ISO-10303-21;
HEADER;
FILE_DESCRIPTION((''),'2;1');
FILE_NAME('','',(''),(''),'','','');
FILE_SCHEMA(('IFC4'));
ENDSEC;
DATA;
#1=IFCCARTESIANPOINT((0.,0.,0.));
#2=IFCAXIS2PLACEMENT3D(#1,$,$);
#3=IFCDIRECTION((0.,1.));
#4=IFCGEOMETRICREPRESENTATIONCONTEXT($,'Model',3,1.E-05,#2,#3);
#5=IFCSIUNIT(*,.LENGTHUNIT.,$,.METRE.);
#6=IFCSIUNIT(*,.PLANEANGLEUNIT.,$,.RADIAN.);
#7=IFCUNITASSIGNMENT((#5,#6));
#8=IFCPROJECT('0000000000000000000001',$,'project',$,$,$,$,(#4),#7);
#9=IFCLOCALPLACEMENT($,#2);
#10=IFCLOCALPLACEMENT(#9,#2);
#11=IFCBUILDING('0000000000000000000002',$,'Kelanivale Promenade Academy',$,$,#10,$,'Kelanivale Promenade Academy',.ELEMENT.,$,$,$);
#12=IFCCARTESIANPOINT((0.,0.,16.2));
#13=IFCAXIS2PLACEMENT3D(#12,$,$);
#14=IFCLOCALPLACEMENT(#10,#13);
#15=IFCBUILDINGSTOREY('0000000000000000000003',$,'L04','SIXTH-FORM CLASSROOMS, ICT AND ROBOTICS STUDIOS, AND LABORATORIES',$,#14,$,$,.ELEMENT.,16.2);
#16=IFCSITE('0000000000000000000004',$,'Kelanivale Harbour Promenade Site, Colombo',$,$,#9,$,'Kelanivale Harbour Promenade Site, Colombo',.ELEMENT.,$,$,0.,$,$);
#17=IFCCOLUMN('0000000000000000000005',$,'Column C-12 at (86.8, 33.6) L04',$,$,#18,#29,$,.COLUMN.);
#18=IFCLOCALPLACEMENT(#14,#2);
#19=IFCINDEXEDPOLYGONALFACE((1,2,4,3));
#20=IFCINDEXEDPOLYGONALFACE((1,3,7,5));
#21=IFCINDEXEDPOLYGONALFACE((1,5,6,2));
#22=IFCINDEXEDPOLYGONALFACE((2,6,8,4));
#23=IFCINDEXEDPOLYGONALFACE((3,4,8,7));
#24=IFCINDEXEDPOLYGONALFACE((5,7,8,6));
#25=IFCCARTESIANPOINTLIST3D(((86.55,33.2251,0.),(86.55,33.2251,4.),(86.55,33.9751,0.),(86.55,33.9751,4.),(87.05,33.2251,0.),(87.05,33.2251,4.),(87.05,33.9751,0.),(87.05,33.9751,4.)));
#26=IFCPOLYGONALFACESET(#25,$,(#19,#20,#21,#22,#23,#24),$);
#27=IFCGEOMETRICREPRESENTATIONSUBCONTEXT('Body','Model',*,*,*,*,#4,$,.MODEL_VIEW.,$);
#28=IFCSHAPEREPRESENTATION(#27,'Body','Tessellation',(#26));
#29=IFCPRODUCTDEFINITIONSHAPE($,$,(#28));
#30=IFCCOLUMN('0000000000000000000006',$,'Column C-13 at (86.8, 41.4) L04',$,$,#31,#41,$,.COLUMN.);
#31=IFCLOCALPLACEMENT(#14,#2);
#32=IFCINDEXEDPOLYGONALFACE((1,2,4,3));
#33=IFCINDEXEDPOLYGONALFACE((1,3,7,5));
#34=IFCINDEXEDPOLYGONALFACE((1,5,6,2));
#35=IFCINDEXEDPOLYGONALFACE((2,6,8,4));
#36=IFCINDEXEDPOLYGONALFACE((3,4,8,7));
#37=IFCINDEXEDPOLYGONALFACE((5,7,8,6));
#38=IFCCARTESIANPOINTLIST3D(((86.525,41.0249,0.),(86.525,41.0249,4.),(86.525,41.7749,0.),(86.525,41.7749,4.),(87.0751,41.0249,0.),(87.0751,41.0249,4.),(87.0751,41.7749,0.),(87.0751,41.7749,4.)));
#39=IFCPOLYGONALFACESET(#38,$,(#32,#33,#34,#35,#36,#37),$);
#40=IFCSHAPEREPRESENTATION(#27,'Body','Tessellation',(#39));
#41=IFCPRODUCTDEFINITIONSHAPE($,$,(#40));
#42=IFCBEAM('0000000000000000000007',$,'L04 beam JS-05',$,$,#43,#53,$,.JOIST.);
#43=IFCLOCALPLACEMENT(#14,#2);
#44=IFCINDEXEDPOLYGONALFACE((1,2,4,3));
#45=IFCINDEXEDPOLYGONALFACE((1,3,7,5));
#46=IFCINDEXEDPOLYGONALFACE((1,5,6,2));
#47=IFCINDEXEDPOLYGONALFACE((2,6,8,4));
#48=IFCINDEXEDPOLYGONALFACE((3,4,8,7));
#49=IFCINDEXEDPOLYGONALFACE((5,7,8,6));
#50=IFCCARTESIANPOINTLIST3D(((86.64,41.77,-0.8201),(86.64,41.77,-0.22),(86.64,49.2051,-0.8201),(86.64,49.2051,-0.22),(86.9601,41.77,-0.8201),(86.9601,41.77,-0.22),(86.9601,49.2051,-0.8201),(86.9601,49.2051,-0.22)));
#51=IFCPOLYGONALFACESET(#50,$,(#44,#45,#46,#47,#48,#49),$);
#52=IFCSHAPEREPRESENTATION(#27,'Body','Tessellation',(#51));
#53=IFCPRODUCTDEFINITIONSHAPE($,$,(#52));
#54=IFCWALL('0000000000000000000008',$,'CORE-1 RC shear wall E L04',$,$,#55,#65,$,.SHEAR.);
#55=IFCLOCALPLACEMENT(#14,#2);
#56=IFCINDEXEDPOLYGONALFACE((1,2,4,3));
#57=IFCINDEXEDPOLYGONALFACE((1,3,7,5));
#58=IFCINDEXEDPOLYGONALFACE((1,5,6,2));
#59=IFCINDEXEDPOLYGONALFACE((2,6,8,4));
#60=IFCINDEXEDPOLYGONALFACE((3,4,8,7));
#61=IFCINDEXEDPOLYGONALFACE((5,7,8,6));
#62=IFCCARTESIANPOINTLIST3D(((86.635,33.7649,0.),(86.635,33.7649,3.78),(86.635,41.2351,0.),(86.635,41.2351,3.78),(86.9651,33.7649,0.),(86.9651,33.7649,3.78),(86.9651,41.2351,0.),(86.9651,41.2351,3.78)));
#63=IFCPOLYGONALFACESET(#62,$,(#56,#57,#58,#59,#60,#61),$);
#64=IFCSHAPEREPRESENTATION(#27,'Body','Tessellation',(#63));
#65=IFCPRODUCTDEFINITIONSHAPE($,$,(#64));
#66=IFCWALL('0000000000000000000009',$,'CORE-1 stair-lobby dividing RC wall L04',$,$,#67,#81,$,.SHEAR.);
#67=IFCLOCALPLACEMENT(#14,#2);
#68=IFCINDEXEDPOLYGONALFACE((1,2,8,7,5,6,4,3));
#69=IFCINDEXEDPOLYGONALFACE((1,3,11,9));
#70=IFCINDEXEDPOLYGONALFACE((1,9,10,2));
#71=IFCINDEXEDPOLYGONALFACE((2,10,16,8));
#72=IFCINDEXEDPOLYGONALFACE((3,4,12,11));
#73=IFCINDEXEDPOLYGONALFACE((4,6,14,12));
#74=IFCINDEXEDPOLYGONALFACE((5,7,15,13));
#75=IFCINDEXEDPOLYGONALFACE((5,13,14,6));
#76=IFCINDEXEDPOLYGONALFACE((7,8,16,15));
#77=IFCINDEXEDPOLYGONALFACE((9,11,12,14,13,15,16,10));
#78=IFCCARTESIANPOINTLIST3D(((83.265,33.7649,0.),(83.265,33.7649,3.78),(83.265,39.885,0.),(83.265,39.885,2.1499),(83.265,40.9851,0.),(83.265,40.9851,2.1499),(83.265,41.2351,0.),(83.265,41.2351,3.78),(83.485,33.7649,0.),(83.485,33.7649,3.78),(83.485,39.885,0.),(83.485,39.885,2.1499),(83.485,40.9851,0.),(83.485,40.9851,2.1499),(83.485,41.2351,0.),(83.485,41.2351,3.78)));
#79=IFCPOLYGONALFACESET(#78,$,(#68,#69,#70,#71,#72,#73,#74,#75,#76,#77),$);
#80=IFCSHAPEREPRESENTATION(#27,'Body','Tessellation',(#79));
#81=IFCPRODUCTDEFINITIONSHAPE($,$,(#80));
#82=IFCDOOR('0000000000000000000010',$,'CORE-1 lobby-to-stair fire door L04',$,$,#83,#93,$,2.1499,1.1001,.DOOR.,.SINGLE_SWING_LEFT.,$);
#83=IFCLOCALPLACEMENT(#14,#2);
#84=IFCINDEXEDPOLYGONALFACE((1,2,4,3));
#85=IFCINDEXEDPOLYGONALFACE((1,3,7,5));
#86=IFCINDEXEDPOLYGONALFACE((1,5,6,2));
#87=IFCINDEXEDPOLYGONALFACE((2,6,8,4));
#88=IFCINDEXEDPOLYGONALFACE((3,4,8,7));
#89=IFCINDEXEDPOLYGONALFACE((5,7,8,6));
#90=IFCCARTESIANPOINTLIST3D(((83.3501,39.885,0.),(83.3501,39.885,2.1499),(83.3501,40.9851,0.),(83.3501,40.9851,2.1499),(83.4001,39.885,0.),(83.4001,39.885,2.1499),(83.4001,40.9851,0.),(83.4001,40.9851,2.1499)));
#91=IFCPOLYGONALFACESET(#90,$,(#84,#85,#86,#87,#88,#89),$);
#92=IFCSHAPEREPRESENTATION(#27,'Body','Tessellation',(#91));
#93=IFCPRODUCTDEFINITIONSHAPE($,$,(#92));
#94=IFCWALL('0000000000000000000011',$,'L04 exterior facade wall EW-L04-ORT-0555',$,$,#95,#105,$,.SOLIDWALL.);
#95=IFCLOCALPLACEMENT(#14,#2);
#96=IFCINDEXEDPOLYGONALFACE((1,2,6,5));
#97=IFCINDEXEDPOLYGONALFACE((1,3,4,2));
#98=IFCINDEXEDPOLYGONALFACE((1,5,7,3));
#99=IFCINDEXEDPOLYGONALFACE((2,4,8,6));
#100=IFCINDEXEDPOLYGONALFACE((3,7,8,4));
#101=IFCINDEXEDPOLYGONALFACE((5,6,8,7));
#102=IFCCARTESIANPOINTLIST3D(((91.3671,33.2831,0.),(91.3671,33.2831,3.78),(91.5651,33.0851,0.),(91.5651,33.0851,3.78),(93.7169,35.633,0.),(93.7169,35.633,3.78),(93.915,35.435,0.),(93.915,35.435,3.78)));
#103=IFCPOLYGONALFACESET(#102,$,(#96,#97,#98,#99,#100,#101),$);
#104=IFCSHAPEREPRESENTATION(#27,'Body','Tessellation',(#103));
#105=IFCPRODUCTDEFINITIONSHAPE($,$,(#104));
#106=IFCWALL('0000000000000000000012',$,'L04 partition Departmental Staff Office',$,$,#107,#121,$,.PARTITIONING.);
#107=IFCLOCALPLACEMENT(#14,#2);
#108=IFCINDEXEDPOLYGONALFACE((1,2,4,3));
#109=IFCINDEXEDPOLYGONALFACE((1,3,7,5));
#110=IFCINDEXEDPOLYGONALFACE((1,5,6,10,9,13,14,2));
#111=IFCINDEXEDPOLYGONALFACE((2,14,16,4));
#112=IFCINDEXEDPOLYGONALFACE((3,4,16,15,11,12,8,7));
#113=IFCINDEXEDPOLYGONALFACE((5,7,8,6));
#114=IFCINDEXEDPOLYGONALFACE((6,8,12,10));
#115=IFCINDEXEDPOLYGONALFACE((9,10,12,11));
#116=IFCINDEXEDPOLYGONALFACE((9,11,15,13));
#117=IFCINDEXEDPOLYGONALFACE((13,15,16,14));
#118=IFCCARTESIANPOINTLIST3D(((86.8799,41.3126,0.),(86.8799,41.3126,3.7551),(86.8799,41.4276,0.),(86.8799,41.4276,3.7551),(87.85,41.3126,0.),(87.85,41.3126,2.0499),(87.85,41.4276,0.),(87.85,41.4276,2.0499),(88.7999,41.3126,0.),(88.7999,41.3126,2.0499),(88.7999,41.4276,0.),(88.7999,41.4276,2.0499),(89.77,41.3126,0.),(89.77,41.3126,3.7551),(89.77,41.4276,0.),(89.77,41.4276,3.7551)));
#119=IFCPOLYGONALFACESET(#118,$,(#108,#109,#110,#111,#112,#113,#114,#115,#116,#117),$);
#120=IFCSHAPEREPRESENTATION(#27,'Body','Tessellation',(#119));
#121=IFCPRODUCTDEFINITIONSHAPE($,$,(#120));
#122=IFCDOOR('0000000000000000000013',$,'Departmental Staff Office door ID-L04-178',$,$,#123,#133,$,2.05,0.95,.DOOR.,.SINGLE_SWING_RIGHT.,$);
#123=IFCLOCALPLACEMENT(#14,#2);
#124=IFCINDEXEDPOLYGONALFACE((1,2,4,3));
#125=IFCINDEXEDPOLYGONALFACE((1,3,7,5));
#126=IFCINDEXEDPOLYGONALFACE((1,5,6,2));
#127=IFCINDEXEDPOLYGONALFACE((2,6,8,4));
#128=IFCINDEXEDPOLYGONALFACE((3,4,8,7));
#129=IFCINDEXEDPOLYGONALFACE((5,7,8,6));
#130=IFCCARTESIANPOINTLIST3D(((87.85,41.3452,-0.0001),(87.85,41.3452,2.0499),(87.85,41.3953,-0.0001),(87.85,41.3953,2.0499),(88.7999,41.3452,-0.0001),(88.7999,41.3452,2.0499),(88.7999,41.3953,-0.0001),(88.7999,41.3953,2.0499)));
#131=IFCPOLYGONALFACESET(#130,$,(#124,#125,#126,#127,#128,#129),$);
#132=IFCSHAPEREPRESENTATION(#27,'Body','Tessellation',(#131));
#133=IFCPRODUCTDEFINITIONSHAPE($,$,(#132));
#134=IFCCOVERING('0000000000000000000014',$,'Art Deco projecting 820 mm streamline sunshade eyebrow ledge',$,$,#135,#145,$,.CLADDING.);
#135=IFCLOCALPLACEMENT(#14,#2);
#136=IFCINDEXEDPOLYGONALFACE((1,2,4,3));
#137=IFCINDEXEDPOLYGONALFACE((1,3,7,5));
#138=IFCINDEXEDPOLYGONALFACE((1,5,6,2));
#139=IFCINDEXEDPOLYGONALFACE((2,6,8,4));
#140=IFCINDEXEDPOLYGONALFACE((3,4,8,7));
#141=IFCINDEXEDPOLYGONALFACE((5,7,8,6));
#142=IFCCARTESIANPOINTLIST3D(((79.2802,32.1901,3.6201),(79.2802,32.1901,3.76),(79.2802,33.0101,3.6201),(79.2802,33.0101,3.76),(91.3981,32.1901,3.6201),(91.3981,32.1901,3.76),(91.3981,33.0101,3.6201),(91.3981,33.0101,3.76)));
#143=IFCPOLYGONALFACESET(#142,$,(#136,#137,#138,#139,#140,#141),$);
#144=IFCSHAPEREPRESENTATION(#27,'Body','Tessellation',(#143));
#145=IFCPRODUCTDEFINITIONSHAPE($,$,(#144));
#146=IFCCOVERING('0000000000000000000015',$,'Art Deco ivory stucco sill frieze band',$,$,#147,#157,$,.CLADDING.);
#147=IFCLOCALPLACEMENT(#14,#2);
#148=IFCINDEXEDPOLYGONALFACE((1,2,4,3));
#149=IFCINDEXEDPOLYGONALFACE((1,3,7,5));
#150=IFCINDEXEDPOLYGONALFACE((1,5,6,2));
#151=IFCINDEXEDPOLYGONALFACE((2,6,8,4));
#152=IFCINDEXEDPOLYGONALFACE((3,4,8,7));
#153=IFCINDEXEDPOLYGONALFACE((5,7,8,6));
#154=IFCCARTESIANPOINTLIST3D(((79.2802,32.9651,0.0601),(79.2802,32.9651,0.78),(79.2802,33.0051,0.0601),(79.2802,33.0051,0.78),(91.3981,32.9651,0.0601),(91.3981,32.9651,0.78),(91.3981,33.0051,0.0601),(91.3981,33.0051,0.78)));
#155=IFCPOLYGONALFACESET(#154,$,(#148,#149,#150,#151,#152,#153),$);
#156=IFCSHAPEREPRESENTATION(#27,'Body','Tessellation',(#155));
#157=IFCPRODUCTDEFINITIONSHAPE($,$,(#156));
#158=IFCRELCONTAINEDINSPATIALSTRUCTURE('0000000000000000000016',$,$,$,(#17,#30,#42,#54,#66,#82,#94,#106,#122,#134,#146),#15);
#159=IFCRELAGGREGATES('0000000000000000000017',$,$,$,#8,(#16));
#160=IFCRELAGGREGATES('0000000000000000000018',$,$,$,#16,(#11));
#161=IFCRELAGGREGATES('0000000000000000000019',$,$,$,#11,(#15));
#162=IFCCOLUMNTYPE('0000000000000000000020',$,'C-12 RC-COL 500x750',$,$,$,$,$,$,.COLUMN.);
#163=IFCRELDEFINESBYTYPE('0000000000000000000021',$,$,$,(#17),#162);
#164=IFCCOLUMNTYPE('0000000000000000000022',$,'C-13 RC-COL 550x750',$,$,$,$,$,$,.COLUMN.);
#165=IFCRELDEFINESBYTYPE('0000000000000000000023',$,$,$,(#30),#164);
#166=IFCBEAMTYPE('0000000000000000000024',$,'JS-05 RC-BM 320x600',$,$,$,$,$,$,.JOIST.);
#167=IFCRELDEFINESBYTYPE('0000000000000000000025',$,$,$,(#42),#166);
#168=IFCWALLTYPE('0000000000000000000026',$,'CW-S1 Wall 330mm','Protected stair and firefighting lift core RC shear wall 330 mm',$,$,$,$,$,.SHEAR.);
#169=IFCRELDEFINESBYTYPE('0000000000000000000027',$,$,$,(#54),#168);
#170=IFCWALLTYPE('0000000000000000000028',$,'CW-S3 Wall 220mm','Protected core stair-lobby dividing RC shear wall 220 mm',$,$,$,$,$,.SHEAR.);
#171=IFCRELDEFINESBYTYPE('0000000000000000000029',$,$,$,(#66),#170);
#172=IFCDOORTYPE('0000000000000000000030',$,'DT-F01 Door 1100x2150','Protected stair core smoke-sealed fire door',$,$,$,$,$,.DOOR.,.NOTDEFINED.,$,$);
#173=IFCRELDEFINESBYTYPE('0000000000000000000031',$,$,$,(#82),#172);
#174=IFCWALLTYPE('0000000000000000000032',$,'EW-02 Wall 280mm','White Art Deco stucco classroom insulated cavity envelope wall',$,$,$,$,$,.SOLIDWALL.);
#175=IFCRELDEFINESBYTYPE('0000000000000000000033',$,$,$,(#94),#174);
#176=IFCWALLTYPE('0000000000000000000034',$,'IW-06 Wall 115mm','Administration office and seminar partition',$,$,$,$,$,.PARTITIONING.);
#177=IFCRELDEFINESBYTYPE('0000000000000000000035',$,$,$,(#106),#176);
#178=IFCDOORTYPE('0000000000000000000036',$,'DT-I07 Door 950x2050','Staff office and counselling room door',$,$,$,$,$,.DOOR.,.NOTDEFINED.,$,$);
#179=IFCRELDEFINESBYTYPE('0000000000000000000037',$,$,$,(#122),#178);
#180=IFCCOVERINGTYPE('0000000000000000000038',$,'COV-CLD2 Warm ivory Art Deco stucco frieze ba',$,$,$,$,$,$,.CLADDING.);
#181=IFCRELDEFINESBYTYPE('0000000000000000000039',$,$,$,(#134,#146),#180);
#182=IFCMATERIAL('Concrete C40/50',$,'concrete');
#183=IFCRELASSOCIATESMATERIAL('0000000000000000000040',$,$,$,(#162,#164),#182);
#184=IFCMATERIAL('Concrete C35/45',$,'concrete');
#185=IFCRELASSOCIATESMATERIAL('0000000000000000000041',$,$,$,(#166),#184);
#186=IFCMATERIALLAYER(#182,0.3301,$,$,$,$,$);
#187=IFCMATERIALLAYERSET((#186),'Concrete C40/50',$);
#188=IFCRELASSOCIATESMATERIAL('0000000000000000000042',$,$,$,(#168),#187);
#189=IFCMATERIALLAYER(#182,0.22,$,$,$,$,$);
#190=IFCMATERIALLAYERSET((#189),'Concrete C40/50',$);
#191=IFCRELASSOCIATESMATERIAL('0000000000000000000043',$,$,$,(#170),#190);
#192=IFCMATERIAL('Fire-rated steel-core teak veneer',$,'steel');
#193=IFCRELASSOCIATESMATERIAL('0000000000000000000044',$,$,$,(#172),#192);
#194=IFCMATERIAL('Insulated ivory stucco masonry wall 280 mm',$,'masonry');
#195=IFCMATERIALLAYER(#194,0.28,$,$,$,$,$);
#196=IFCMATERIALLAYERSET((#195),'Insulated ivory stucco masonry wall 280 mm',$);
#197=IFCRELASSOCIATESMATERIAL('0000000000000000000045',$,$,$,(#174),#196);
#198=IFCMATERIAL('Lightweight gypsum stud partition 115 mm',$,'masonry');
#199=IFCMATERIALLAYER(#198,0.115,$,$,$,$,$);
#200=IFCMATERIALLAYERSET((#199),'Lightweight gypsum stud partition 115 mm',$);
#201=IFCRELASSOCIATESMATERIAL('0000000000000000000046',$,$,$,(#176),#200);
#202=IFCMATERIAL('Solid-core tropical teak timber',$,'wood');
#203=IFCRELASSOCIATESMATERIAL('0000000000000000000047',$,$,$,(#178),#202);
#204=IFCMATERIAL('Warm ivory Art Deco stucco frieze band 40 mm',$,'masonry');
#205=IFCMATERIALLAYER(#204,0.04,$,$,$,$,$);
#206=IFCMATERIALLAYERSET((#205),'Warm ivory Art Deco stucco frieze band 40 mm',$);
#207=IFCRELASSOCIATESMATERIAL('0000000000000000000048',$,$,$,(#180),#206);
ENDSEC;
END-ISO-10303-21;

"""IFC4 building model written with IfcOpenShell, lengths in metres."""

from ifc_helpers import new_model, si_unit, direction, frame, frame_2d, origin, origin_2d, place, context, subcontext, project, spatial, rectangle, extrude, material, layer, layer_set, material_profile, profile_set, type_object, element, fill, save


model = new_model("IFC4")

# Units and contexts
model_context = context("Model", 3, precision=1e-05, world=origin(), true_north=direction((0.0, 1.0)))
body_context = subcontext(model_context, "Body", "Model", "MODEL_VIEW")
ifc_project = project(units=[si_unit("LENGTHUNIT", "METRE"), si_unit("PLANEANGLEUNIT", "RADIAN")], contexts=[model_context])

# Site, building, storey
site_placement = place(None, origin())
site = spatial("IfcSite", under=ifc_project, at=site_placement, Name="Kelanivale Harbour Promenade Site, Colombo", LongName="Kelanivale Harbour Promenade Site, Colombo", CompositionType="ELEMENT", RefElevation=0.0)
building_placement = place(site_placement, origin())
building = spatial("IfcBuilding", under=site, at=building_placement, Name="Kelanivale Promenade Academy", LongName="Kelanivale Promenade Academy", CompositionType="ELEMENT")
storey_placement = place(building_placement, frame((0.0, 0.0, 16.2)))
storey = spatial("IfcBuildingStorey", under=building, at=storey_placement, Name="L04", Description="SIXTH-FORM CLASSROOMS, ICT AND ROBOTICS STUDIOS, AND LABORATORIES", CompositionType="ELEMENT", Elevation=16.2)

# Columns
ifc_material_1 = material(Name="Concrete C40/50", Category="concrete")
ifc_material_profile_1 = material_profile(ifc_material_1, rectangle(XDim=0.5, YDim=0.75, at=origin_2d()), Name="RC-COL 500x750")
ifc_profile_set_1 = profile_set([ifc_material_profile_1], Name="Concrete C40/50")
column_type_1 = type_object("IfcColumnType", Name="C-12 RC-COL 500x750", PredefinedType="COLUMN", material=ifc_profile_set_1)
column_1_placement = place(storey_placement, frame((86.8, 33.6001, 0.0), z_axis=(0.0, 0.0, 1.0), x_axis=(1.0, 0.0, 0.0)))
element("IfcColumn", 1, at=column_1_placement, inside=storey, type_object=column_type_1, Name="Column C-12 at (86.8, 33.6) L04", PredefinedType="COLUMN", context=body_context, shape_type="SweptSolid", body=[
    extrude(rectangle(XDim=0.5, YDim=0.75, at=origin_2d()), origin(), (0.0, 0.0, 1.0), 4.0),
])
ifc_material_profile_2 = material_profile(ifc_material_1, rectangle(XDim=0.55, YDim=0.75, at=origin_2d()), Name="RC-COL 550x750")
ifc_profile_set_2 = profile_set([ifc_material_profile_2], Name="Concrete C40/50")
column_type_2 = type_object("IfcColumnType", Name="C-13 RC-COL 550x750", PredefinedType="COLUMN", material=ifc_profile_set_2)
column_2_placement = place(storey_placement, frame((86.8, 41.3999, 0.0), z_axis=(0.0, 0.0, 1.0), x_axis=(1.0, 0.0, 0.0)))
element("IfcColumn", 2, at=column_2_placement, inside=storey, type_object=column_type_2, Name="Column C-13 at (86.8, 41.4) L04", PredefinedType="COLUMN", context=body_context, shape_type="SweptSolid", body=[
    extrude(rectangle(XDim=0.55, YDim=0.75, at=origin_2d()), origin(), (0.0, 0.0, 1.0), 4.0),
])

# Beam
ifc_material_2 = material(Name="Concrete C35/45", Category="concrete")
ifc_material_profile_3 = material_profile(ifc_material_2, rectangle(XDim=0.3201, YDim=0.6001, at=origin_2d()), Name="RC-BM 320x600")
ifc_profile_set_3 = profile_set([ifc_material_profile_3], Name="Concrete C35/45")
beam_type = type_object("IfcBeamType", Name="JS-05 RC-BM 320x600", PredefinedType="JOIST", material=ifc_profile_set_3)
beam_placement = place(storey_placement, frame((86.8, 41.77, -0.52), z_axis=(0.0, 1.0, 0.0), x_axis=(-1.0, 0.0, 0.0)))
element("IfcBeam", 3, at=beam_placement, inside=storey, type_object=beam_type, Name="L04 beam JS-05", PredefinedType="JOIST", context=body_context, shape_type="SweptSolid", body=[
    extrude(rectangle(XDim=0.3201, YDim=0.6001, at=origin_2d()), origin(), (0.0, 0.0, 1.0), 7.4351),
])

# Wall
ifc_layer_1 = layer(ifc_material_1, 0.3301)
ifc_layer_set_1 = layer_set([ifc_layer_1], Name="Concrete C40/50")
wall_type_1 = type_object("IfcWallType", Name="CW-S1 Wall 330mm", Description="Protected stair and firefighting lift core RC shear wall 330 mm", PredefinedType="SHEAR", material=ifc_layer_set_1)
wall_1_placement = place(storey_placement, frame((86.8, 33.7649, 0.0), z_axis=(0.0, 0.0, 1.0), x_axis=(0.0, 1.0, 0.0)))
element("IfcWall", 4, at=wall_1_placement, inside=storey, type_object=wall_type_1, Name="CORE-1 RC shear wall E L04", PredefinedType="SHEAR", context=body_context, shape_type="SweptSolid", body=[
    extrude(rectangle(XDim=7.4702, YDim=0.3301, at=frame_2d((3.7351, 0.0))), origin(), (0.0, 0.0, 1.0), 3.78),
])

# Shared definitions
ifc_material_3 = material(Name="Fire-rated steel-core teak veneer", Category="steel")

# Wall, opening, door
ifc_layer_2 = layer(ifc_material_1, 0.22)
ifc_layer_set_2 = layer_set([ifc_layer_2], Name="Concrete C40/50")
wall_type_2 = type_object("IfcWallType", Name="CW-S3 Wall 220mm", Description="Protected core stair-lobby dividing RC shear wall 220 mm", PredefinedType="SHEAR", material=ifc_layer_set_2)
wall_2_placement = place(storey_placement, frame((83.375, 33.7649, 0.0), z_axis=(0.0, 0.0, 1.0), x_axis=(0.0, 1.0, 0.0)))
wall_2 = element("IfcWall", 5, at=wall_2_placement, inside=storey, type_object=wall_type_2, Name="CORE-1 stair-lobby dividing RC wall L04", PredefinedType="SHEAR", context=body_context, shape_type="SweptSolid", body=[
    extrude(rectangle(XDim=7.4702, YDim=0.22, at=frame_2d((3.7351, 0.0))), origin(), (0.0, 0.0, 1.0), 3.78),
])
opening_1_placement = place(wall_2_placement, frame((6.1201, 0.0, 0.0)))
opening_1 = element("IfcOpeningElement", 6, at=opening_1_placement, cuts=wall_2, PredefinedType="OPENING", context=body_context, shape_type="SweptSolid", body=[
    extrude(rectangle(XDim=1.1001, YDim=2.1499, at=frame_2d((0.55, 1.075))), frame((0.0, 0.1201, 0.0), z_axis=(0.0, -1.0, 0.0), x_axis=(1.0, 0.0, 0.0)), (0.0, 0.0, 1.0), 0.24),
])
door_type_1 = type_object("IfcDoorType", Name="DT-F01 Door 1100x2150", Description="Protected stair core smoke-sealed fire door", OperationType="NOTDEFINED", PredefinedType="DOOR", material=ifc_material_3)
door_1_placement = place(opening_1_placement, origin())
door_1 = element("IfcDoor", 7, at=door_1_placement, inside=storey, type_object=door_type_1, Name="CORE-1 lobby-to-stair fire door L04", OperationType="SINGLE_SWING_LEFT", OverallHeight=2.1499, OverallWidth=1.1001, PredefinedType="DOOR", context=body_context, shape_type="SweptSolid", body=[
    extrude(rectangle(XDim=1.1001, YDim=2.1499, at=frame_2d((0.55, 1.075))), frame((0.0, 0.0249, 0.0), z_axis=(0.0, -1.0, 0.0), x_axis=(1.0, 0.0, 0.0)), (0.0, 0.0, 1.0), 0.05),
])
fill(opening_1, door_1)

# Wall
ifc_material_4 = material(Name="Insulated ivory stucco masonry wall 280 mm", Category="masonry")
ifc_layer_3 = layer(ifc_material_4, 0.28)
ifc_layer_set_3 = layer_set([ifc_layer_3], Name="Insulated ivory stucco masonry wall 280 mm")
wall_type_3 = type_object("IfcWallType", Name="EW-02 Wall 280mm", Description="White Art Deco stucco classroom insulated cavity envelope wall", PredefinedType="SOLIDWALL", material=ifc_layer_set_3)
wall_3_placement = place(storey_placement, frame((91.4661, 33.1841, 0.0), z_axis=(0.0, 0.0, 1.0), x_axis=(0.707107, 0.707107, 0.0)))
element("IfcWall", 8, at=wall_3_placement, inside=storey, type_object=wall_type_3, Name="L04 exterior facade wall EW-L04-ORT-0555", PredefinedType="SOLIDWALL", context=body_context, shape_type="SweptSolid", body=[
    extrude(rectangle(XDim=3.3232, YDim=0.28, at=frame_2d((1.6616, 0.0))), origin(), (0.0, 0.0, 1.0), 3.78),
])

# Wall, opening, door
ifc_material_5 = material(Name="Lightweight gypsum stud partition 115 mm", Category="masonry")
ifc_layer_4 = layer(ifc_material_5, 0.115)
ifc_layer_set_4 = layer_set([ifc_layer_4], Name="Lightweight gypsum stud partition 115 mm")
wall_type_4 = type_object("IfcWallType", Name="IW-06 Wall 115mm", Description="Administration office and seminar partition", PredefinedType="PARTITIONING", material=ifc_layer_set_4)
wall_4_placement = place(storey_placement, frame((89.77, 41.3701, 0.0), z_axis=(0.0, 0.0, 1.0), x_axis=(-1.0, 0.0, 0.0)))
wall_4 = element("IfcWall", 9, at=wall_4_placement, inside=storey, type_object=wall_type_4, Name="L04 partition Departmental Staff Office", PredefinedType="PARTITIONING", context=body_context, shape_type="SweptSolid", body=[
    extrude(rectangle(XDim=2.8901, YDim=0.115, at=frame_2d((1.4451, 0.0))), origin(), (0.0, 0.0, 1.0), 3.7551),
])
opening_2_placement = place(wall_4_placement, frame((0.97, 0.0, 0.0)))
opening_2 = element("IfcOpeningElement", 10, at=opening_2_placement, cuts=wall_4, PredefinedType="OPENING", context=body_context, shape_type="SweptSolid", body=[
    extrude(rectangle(XDim=0.95, YDim=2.05, at=frame_2d((0.4751, 1.0249))), frame((0.0, 0.0674, 0.0), z_axis=(0.0, -1.0, 0.0), x_axis=(1.0, 0.0, 0.0)), (0.0, 0.0, 1.0), 0.135),
])
ifc_material_6 = material(Name="Solid-core tropical teak timber", Category="wood")
door_type_2 = type_object("IfcDoorType", Name="DT-I07 Door 950x2050", Description="Staff office and counselling room door", OperationType="NOTDEFINED", PredefinedType="DOOR", material=ifc_material_6)
door_2_placement = place(opening_2_placement, origin())
door_2 = element("IfcDoor", 11, at=door_2_placement, inside=storey, type_object=door_type_2, Name="Departmental Staff Office door ID-L04-178", OperationType="SINGLE_SWING_RIGHT", OverallHeight=2.05, OverallWidth=0.95, PredefinedType="DOOR", context=body_context, shape_type="SweptSolid", body=[
    extrude(rectangle(XDim=0.95, YDim=2.05, at=frame_2d((0.4751, 1.0249))), frame((0.0, 0.0249, 0.0), z_axis=(0.0, -1.0, 0.0), x_axis=(1.0, 0.0, 0.0)), (0.0, 0.0, 1.0), 0.05),
])
fill(opening_2, door_2)

# Coverings
ifc_material_7 = material(Name="Warm ivory Art Deco stucco frieze band 40 mm", Category="masonry")
ifc_layer_5 = layer(ifc_material_7, 0.04)
ifc_layer_set_5 = layer_set([ifc_layer_5], Name="Warm ivory Art Deco stucco frieze band 40 mm")
covering_type = type_object("IfcCoveringType", Name="COV-CLD2 Warm ivory Art Deco stucco frieze ba", PredefinedType="CLADDING", material=ifc_layer_set_5)
covering_1_placement = place(storey_placement, frame((85.3391, 32.6001, 3.6201), z_axis=(0.0, 0.0, 1.0), x_axis=(1.0, 0.0, 0.0)))
element("IfcCovering", 12, at=covering_1_placement, inside=storey, type_object=covering_type, Name="Art Deco projecting 820 mm streamline sunshade eyebrow ledge", PredefinedType="CLADDING", context=body_context, shape_type="SweptSolid", body=[
    extrude(rectangle(XDim=12.1179, YDim=0.8201, at=origin_2d()), origin(), (0.0, 0.0, 1.0), 0.1399),
])
covering_2_placement = place(storey_placement, frame((85.3391, 32.9851, 0.0601), z_axis=(0.0, 0.0, 1.0), x_axis=(1.0, 0.0, 0.0)))
element("IfcCovering", 13, at=covering_2_placement, inside=storey, type_object=covering_type, Name="Art Deco ivory stucco sill frieze band", PredefinedType="CLADDING", context=body_context, shape_type="SweptSolid", body=[
    extrude(rectangle(XDim=12.1179, YDim=0.04, at=origin_2d()), origin(), (0.0, 0.0, 1.0), 0.72),
])

save(model, "model.ifc")
